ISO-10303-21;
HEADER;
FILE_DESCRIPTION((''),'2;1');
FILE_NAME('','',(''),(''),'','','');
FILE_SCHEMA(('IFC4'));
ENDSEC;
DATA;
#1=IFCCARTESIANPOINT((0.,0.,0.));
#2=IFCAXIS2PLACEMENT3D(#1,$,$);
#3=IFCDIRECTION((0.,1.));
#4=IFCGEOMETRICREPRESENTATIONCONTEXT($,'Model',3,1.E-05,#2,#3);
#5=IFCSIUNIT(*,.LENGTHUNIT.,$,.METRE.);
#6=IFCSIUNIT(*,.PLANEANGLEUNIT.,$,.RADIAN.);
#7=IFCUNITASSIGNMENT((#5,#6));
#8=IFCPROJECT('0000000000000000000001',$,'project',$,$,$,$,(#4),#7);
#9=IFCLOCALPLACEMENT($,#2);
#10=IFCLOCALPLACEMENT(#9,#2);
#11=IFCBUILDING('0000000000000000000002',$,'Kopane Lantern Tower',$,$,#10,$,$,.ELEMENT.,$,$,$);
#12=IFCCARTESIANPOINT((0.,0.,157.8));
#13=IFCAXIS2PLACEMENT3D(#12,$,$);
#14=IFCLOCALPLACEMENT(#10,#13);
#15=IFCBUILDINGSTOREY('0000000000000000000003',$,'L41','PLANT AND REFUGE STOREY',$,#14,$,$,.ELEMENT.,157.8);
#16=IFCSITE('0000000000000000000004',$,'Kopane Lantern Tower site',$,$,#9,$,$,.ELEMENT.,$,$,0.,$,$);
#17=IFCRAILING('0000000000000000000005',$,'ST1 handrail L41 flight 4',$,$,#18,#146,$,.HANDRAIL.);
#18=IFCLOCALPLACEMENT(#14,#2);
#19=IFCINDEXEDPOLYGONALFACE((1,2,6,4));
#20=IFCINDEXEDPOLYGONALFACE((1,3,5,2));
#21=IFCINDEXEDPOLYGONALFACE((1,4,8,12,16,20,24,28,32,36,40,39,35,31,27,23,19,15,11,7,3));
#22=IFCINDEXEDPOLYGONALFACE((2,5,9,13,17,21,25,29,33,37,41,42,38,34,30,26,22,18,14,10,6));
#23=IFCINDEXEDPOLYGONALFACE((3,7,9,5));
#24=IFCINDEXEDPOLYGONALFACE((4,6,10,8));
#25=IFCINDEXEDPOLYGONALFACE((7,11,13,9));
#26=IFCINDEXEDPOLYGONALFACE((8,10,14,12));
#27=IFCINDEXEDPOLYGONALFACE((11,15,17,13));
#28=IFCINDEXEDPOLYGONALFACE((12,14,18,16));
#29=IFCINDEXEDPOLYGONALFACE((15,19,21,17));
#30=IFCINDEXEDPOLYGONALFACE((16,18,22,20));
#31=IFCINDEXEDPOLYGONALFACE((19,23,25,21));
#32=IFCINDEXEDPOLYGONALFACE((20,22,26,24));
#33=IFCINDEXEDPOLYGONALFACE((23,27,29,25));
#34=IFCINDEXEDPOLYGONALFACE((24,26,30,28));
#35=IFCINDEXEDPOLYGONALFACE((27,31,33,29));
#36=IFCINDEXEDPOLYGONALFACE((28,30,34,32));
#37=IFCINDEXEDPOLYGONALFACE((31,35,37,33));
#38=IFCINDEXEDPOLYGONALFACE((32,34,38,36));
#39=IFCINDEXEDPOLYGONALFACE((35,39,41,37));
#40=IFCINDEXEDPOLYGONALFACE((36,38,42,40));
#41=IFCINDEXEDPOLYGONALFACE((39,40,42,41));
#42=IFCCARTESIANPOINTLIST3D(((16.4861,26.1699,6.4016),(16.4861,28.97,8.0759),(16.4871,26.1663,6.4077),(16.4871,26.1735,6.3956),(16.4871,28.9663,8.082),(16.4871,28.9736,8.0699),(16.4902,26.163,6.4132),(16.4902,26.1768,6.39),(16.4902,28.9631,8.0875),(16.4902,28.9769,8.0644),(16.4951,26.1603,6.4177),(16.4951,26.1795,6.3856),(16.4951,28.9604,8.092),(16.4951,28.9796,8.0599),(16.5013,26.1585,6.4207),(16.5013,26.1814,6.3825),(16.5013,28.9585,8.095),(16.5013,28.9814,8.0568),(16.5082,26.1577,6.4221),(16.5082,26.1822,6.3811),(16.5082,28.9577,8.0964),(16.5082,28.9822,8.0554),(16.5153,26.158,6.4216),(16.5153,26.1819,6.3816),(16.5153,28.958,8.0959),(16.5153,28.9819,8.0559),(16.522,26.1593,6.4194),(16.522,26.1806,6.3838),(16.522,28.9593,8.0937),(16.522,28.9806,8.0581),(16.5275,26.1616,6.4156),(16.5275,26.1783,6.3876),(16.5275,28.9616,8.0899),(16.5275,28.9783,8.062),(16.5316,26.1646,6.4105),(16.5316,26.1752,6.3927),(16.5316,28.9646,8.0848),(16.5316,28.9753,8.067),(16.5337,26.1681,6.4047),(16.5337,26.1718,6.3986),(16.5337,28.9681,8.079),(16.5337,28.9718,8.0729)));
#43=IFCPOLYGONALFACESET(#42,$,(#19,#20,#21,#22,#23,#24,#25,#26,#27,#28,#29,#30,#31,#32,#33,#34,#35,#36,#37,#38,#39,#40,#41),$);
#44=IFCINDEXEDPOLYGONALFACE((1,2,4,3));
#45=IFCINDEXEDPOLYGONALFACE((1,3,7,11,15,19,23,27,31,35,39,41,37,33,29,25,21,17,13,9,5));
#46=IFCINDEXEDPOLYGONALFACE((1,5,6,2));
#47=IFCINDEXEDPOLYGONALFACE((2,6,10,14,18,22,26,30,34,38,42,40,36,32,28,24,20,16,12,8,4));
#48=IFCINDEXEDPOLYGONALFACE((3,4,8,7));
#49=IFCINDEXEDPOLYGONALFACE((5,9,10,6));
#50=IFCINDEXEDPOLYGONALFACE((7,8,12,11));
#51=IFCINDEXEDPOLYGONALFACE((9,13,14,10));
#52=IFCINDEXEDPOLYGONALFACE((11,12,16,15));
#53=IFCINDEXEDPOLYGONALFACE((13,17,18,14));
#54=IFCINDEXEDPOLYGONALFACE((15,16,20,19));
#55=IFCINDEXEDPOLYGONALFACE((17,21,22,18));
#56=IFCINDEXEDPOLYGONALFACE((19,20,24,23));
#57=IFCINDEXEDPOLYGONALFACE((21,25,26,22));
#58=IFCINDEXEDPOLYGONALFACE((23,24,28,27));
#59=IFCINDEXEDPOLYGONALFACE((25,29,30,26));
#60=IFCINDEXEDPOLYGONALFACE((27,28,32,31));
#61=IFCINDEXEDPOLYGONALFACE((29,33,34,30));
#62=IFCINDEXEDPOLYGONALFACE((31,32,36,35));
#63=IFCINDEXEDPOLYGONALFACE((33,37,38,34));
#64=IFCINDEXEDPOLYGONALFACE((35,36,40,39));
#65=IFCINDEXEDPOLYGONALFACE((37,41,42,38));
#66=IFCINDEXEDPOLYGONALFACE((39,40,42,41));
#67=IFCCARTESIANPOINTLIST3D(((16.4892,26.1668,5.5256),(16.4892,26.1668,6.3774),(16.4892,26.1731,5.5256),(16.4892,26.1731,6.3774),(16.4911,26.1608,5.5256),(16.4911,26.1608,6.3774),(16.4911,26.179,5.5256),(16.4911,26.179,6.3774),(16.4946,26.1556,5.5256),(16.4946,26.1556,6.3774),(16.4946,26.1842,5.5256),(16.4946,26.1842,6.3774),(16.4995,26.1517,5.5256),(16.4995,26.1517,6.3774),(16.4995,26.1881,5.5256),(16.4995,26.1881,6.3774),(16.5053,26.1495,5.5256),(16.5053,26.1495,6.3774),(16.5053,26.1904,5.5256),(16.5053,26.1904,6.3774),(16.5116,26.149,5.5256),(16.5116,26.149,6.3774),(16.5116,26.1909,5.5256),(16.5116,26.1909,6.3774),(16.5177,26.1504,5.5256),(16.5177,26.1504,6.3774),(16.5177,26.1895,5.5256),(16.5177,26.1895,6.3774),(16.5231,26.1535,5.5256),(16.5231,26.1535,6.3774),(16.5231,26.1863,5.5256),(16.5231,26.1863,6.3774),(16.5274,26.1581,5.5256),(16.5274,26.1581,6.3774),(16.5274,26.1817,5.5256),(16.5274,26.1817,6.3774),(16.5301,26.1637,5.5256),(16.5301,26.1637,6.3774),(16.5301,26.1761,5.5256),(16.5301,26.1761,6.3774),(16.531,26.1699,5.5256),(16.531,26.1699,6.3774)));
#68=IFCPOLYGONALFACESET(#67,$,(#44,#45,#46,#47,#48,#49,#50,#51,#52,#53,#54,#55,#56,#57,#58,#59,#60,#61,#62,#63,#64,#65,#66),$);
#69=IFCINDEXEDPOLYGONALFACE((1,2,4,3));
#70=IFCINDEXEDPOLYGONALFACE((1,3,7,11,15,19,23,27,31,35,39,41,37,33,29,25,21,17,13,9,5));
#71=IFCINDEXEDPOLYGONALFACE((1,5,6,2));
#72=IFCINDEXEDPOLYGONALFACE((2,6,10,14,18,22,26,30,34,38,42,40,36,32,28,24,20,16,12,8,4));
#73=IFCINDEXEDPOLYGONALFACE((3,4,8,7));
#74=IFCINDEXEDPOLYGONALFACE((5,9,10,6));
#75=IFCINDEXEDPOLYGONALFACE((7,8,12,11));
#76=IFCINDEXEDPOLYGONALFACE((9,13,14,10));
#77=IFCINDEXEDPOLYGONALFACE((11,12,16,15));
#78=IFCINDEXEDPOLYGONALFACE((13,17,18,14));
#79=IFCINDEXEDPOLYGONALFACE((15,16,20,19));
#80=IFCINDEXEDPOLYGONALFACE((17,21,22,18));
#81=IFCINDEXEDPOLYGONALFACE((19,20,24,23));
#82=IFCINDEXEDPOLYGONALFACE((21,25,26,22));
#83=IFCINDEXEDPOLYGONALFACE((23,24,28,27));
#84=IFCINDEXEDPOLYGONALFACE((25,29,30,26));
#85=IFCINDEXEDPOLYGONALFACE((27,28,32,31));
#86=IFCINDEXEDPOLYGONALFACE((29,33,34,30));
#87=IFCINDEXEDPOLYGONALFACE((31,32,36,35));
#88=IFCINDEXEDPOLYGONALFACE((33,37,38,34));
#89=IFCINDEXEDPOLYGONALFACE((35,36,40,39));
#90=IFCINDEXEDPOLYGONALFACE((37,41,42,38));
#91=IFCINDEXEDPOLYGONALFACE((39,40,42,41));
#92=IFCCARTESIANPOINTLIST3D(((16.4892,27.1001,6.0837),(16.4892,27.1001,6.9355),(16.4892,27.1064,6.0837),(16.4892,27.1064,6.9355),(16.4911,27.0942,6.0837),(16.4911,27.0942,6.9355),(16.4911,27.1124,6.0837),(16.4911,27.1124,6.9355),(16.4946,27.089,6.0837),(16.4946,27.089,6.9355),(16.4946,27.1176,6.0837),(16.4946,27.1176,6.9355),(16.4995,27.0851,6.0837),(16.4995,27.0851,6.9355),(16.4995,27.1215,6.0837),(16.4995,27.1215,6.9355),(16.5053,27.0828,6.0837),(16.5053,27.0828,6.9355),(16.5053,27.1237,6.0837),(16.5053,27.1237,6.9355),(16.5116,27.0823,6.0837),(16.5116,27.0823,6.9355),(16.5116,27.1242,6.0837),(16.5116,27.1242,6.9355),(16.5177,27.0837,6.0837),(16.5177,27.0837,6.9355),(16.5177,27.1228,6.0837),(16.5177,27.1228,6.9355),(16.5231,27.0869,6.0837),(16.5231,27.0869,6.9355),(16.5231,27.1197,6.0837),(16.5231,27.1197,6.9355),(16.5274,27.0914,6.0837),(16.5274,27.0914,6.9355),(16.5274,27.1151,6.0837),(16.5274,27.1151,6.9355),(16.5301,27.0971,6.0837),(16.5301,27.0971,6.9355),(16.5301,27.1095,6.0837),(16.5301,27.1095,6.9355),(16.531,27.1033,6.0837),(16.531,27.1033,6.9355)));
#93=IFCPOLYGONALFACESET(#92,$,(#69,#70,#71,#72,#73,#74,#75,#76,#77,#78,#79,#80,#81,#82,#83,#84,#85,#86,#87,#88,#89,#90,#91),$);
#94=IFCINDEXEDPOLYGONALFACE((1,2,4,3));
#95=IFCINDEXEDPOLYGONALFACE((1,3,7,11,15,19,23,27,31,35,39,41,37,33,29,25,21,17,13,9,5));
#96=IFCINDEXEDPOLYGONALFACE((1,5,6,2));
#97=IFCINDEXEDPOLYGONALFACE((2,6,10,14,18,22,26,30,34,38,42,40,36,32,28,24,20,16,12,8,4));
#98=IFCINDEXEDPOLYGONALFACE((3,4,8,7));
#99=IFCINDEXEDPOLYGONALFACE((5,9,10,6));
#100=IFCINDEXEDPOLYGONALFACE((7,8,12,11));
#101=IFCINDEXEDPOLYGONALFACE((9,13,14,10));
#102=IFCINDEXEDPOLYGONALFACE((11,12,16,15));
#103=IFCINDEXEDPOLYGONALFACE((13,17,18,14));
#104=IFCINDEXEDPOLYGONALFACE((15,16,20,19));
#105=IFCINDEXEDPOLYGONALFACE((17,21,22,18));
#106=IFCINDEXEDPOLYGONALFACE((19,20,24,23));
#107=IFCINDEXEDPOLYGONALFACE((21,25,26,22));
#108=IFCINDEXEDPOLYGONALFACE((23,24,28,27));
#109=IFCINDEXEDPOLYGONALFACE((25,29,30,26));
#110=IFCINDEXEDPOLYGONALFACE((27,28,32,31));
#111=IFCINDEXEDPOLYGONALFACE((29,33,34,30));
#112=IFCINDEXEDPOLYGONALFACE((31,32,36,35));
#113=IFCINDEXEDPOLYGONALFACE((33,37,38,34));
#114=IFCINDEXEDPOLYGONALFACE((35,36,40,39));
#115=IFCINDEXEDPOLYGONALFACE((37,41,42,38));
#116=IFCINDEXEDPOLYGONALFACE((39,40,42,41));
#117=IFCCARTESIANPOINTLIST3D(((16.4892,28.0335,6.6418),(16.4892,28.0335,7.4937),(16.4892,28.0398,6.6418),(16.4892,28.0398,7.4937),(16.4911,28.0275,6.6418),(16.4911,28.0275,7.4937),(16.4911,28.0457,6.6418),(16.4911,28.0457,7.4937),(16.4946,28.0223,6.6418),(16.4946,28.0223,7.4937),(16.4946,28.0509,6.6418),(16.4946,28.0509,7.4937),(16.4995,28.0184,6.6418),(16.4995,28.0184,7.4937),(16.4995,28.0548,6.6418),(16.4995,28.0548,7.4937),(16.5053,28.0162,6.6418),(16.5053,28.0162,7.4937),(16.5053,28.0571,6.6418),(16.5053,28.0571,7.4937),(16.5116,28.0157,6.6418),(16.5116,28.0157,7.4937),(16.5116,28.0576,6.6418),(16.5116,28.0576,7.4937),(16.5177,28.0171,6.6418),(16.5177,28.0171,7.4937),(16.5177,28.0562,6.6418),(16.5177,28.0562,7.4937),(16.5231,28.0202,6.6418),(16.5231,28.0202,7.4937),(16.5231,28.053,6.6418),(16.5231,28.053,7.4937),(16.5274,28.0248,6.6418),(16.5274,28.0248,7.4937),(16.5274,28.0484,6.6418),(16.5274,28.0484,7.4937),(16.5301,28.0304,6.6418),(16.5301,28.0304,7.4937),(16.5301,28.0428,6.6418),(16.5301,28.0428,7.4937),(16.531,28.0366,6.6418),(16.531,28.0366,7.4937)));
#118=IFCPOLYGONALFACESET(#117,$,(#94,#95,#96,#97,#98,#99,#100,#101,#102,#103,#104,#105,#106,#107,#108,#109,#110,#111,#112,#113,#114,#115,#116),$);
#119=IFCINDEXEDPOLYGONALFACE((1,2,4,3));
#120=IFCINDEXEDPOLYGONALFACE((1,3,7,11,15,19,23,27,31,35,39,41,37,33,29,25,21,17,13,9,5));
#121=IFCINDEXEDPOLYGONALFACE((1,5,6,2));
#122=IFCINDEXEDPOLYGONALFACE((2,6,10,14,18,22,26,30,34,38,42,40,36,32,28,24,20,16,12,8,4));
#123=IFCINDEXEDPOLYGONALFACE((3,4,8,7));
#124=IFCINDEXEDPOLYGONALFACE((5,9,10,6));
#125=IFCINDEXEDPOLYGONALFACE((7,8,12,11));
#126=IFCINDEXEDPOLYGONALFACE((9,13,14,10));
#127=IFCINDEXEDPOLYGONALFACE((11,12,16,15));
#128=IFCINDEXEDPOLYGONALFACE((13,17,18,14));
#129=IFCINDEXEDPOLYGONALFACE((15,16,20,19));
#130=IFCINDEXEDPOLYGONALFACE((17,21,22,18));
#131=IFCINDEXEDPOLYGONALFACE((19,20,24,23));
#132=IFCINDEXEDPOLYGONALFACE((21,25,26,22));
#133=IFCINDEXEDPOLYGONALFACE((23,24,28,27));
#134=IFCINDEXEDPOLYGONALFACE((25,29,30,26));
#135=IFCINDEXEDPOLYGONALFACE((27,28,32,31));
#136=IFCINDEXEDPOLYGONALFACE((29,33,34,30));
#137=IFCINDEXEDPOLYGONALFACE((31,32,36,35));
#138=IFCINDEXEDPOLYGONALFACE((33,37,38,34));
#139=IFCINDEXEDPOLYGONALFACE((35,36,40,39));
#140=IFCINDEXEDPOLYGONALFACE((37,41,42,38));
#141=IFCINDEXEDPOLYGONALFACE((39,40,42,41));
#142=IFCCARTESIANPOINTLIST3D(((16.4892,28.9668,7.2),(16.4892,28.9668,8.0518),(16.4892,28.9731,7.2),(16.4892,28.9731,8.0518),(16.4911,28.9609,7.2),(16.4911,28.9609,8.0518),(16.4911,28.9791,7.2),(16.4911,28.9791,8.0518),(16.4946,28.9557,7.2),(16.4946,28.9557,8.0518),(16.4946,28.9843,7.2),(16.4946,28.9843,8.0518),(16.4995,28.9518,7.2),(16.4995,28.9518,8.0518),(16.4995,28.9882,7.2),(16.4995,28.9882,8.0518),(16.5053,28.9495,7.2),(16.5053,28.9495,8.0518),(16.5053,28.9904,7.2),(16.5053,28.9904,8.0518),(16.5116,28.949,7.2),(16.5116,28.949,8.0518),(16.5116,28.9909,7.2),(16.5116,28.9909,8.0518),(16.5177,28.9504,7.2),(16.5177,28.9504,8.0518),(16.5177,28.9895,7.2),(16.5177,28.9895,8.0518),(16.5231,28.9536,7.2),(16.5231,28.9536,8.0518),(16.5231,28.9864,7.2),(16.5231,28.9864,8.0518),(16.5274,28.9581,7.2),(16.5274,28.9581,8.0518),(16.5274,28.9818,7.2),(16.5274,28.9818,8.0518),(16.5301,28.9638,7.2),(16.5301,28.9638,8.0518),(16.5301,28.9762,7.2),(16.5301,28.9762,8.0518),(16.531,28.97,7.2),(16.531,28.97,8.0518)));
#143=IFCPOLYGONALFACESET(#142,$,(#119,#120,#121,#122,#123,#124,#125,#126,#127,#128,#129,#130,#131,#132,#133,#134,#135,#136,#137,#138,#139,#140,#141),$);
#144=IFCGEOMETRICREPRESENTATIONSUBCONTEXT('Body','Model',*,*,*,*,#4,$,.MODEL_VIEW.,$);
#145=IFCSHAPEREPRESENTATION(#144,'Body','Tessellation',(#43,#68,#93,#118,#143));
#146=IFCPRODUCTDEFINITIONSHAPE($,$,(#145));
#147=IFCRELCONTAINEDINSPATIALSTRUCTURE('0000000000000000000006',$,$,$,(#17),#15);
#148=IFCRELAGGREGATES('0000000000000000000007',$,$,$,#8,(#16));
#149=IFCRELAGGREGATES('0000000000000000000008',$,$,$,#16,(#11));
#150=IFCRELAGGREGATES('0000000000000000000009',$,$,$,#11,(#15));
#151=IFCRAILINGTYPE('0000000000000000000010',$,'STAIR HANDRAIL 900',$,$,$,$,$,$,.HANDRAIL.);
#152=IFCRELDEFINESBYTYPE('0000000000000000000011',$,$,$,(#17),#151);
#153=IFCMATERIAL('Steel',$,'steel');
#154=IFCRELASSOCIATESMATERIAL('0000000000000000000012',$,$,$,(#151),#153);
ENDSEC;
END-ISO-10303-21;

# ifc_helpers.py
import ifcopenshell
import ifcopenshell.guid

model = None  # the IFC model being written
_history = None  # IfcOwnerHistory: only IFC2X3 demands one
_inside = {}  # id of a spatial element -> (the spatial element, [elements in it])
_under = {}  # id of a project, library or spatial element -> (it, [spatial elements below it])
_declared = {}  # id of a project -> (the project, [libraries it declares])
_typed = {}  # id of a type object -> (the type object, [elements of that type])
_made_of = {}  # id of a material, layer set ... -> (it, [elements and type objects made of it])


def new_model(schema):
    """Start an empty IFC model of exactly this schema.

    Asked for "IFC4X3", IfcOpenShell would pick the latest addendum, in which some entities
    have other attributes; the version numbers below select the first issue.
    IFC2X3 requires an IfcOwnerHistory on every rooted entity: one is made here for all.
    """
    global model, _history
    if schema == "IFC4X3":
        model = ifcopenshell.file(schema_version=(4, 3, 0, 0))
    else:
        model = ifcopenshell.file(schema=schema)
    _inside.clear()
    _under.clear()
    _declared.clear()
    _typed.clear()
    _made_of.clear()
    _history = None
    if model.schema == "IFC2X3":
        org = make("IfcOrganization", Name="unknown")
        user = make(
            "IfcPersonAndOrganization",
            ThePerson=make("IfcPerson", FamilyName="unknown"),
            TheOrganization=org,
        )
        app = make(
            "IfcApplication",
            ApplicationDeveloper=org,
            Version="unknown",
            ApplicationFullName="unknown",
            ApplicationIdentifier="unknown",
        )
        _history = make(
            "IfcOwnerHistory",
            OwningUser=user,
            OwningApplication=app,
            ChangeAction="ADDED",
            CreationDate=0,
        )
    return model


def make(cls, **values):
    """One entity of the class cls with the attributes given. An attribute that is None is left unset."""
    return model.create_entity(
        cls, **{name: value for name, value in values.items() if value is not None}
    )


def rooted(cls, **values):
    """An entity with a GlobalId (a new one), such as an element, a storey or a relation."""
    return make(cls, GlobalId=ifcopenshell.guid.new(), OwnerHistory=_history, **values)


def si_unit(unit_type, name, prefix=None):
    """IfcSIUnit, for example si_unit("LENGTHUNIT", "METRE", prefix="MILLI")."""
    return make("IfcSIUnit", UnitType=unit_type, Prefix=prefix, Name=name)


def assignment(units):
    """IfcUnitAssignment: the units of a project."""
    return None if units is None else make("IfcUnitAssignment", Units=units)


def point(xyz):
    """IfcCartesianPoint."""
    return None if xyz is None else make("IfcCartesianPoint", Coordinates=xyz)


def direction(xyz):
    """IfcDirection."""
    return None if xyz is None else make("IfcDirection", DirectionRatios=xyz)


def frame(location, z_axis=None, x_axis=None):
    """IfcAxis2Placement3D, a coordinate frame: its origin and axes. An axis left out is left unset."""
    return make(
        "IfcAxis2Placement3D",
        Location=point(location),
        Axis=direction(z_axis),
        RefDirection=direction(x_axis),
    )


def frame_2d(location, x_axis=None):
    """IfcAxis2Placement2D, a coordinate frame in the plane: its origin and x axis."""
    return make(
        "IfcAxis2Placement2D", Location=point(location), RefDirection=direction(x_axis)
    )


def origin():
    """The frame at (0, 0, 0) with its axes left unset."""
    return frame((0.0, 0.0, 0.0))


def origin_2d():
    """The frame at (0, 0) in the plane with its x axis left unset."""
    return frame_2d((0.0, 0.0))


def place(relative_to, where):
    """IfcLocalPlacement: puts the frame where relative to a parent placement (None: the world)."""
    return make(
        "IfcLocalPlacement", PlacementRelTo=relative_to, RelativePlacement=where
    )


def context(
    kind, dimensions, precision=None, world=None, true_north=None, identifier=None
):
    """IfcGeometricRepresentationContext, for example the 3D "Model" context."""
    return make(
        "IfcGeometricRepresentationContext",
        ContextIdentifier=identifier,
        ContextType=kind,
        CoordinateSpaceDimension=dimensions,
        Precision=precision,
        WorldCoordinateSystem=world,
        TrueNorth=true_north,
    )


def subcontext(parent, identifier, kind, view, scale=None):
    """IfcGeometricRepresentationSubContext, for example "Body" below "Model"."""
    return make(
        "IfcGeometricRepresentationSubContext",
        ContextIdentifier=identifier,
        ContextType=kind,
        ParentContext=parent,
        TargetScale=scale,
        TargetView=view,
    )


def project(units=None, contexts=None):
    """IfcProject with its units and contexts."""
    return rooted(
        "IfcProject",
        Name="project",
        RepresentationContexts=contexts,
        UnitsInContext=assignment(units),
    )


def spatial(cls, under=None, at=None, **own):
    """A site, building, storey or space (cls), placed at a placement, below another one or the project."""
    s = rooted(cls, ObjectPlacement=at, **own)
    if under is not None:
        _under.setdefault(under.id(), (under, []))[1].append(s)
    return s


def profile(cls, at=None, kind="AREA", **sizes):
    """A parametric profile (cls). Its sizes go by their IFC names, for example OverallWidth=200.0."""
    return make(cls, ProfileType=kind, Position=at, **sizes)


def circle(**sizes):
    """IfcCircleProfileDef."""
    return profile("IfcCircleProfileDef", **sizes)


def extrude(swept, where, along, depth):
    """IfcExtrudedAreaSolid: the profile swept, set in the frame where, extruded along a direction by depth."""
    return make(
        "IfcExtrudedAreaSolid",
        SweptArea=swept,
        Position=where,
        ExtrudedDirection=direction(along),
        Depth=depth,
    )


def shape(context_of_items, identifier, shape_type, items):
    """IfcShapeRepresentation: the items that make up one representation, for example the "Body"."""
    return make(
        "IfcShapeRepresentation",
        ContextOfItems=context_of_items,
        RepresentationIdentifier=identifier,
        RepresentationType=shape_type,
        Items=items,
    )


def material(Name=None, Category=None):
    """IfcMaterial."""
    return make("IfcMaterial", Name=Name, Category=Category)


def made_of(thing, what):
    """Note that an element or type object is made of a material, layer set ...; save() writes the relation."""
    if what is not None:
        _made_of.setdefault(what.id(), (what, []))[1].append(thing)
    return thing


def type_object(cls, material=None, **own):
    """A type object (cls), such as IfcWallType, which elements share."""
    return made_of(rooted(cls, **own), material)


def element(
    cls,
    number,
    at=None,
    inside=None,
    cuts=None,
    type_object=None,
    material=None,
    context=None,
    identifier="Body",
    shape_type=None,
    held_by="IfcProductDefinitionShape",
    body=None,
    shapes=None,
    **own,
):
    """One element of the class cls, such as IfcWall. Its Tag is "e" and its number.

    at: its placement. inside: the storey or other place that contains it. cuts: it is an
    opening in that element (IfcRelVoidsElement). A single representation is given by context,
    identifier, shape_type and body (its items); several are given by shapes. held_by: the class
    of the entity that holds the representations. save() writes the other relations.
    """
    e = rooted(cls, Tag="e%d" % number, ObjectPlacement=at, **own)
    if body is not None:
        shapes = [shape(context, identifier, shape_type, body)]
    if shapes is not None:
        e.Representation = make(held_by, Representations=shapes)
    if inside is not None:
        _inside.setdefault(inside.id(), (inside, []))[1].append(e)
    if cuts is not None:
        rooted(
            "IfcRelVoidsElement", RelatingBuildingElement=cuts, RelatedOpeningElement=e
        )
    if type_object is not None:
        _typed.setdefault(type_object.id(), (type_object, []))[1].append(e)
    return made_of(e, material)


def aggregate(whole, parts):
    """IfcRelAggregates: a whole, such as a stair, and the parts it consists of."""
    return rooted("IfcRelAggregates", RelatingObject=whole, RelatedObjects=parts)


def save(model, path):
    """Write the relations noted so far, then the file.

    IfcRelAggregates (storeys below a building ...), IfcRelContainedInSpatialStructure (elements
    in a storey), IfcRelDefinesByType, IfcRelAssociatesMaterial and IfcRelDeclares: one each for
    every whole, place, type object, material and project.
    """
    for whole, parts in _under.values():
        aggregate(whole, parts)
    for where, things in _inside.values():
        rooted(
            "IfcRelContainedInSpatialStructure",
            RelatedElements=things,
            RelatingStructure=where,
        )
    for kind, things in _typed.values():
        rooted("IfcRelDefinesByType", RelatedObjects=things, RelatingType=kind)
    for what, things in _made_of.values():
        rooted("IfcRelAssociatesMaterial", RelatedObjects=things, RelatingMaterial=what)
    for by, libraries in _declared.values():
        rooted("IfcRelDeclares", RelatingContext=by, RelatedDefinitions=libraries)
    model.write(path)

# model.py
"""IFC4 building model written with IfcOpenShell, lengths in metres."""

from ifc_helpers import new_model, si_unit, direction, frame, origin, origin_2d, place, context, subcontext, project, spatial, circle, extrude, material, type_object, element, save


model = new_model("IFC4")

# Units and contexts
model_context = context("Model", 3, precision=1e-05, world=origin(), true_north=direction((0.0, 1.0)))
body_context = subcontext(model_context, "Body", "Model", "MODEL_VIEW")
ifc_project = project(units=[si_unit("LENGTHUNIT", "METRE"), si_unit("PLANEANGLEUNIT", "RADIAN")], contexts=[model_context])

# Site, building, storey
site_placement = place(None, origin())
site = spatial("IfcSite", under=ifc_project, at=site_placement, Name="Kopane Lantern Tower site", CompositionType="ELEMENT", RefElevation=0.0)
building_placement = place(site_placement, origin())
building = spatial("IfcBuilding", under=site, at=building_placement, Name="Kopane Lantern Tower", CompositionType="ELEMENT")
storey_placement = place(building_placement, frame((0.0, 0.0, 157.8)))
storey = spatial("IfcBuildingStorey", under=building, at=storey_placement, Name="L41", Description="PLANT AND REFUGE STOREY", CompositionType="ELEMENT", Elevation=157.8)

# Railing
ifc_material_1 = material(Name="Steel", Category="steel")
railing_type_1 = type_object("IfcRailingType", Name="STAIR HANDRAIL 900", PredefinedType="HANDRAIL", material=ifc_material_1)
for number, where, name in (
    (1, (16.51, 26.1699, 5.5256), "ST1 handrail L41 flight 4"),
):
    element("IfcRailing", number, at=place(storey_placement, frame(where)), inside=storey, type_object=railing_type_1, Name=name, PredefinedType="HANDRAIL", context=body_context, shape_type="SweptSolid", body=[
        extrude(circle(Radius=0.0239, at=origin_2d()), frame((0.0, 0.0, 0.876), z_axis=(0.0, 0.858265, 0.513208), x_axis=(-1.0, 0.0, 0.0)), (0.0, 0.0, 1.0), 3.2625),
        extrude(circle(Radius=0.021, at=origin_2d()), origin(), (0.0, 0.0, 1.0), 0.8518),
        extrude(circle(Radius=0.021, at=origin_2d()), frame((0.0, 0.9333, 0.5581)), (0.0, 0.0, 1.0), 0.8518),
        extrude(circle(Radius=0.021, at=origin_2d()), frame((0.0, 1.8667, 1.1162)), (0.0, 0.0, 1.0), 0.8518),
        extrude(circle(Radius=0.021, at=origin_2d()), frame((0.0, 2.8, 1.6743)), (0.0, 0.0, 1.0), 0.8518),
    ])

save(model, "model.ifc")
